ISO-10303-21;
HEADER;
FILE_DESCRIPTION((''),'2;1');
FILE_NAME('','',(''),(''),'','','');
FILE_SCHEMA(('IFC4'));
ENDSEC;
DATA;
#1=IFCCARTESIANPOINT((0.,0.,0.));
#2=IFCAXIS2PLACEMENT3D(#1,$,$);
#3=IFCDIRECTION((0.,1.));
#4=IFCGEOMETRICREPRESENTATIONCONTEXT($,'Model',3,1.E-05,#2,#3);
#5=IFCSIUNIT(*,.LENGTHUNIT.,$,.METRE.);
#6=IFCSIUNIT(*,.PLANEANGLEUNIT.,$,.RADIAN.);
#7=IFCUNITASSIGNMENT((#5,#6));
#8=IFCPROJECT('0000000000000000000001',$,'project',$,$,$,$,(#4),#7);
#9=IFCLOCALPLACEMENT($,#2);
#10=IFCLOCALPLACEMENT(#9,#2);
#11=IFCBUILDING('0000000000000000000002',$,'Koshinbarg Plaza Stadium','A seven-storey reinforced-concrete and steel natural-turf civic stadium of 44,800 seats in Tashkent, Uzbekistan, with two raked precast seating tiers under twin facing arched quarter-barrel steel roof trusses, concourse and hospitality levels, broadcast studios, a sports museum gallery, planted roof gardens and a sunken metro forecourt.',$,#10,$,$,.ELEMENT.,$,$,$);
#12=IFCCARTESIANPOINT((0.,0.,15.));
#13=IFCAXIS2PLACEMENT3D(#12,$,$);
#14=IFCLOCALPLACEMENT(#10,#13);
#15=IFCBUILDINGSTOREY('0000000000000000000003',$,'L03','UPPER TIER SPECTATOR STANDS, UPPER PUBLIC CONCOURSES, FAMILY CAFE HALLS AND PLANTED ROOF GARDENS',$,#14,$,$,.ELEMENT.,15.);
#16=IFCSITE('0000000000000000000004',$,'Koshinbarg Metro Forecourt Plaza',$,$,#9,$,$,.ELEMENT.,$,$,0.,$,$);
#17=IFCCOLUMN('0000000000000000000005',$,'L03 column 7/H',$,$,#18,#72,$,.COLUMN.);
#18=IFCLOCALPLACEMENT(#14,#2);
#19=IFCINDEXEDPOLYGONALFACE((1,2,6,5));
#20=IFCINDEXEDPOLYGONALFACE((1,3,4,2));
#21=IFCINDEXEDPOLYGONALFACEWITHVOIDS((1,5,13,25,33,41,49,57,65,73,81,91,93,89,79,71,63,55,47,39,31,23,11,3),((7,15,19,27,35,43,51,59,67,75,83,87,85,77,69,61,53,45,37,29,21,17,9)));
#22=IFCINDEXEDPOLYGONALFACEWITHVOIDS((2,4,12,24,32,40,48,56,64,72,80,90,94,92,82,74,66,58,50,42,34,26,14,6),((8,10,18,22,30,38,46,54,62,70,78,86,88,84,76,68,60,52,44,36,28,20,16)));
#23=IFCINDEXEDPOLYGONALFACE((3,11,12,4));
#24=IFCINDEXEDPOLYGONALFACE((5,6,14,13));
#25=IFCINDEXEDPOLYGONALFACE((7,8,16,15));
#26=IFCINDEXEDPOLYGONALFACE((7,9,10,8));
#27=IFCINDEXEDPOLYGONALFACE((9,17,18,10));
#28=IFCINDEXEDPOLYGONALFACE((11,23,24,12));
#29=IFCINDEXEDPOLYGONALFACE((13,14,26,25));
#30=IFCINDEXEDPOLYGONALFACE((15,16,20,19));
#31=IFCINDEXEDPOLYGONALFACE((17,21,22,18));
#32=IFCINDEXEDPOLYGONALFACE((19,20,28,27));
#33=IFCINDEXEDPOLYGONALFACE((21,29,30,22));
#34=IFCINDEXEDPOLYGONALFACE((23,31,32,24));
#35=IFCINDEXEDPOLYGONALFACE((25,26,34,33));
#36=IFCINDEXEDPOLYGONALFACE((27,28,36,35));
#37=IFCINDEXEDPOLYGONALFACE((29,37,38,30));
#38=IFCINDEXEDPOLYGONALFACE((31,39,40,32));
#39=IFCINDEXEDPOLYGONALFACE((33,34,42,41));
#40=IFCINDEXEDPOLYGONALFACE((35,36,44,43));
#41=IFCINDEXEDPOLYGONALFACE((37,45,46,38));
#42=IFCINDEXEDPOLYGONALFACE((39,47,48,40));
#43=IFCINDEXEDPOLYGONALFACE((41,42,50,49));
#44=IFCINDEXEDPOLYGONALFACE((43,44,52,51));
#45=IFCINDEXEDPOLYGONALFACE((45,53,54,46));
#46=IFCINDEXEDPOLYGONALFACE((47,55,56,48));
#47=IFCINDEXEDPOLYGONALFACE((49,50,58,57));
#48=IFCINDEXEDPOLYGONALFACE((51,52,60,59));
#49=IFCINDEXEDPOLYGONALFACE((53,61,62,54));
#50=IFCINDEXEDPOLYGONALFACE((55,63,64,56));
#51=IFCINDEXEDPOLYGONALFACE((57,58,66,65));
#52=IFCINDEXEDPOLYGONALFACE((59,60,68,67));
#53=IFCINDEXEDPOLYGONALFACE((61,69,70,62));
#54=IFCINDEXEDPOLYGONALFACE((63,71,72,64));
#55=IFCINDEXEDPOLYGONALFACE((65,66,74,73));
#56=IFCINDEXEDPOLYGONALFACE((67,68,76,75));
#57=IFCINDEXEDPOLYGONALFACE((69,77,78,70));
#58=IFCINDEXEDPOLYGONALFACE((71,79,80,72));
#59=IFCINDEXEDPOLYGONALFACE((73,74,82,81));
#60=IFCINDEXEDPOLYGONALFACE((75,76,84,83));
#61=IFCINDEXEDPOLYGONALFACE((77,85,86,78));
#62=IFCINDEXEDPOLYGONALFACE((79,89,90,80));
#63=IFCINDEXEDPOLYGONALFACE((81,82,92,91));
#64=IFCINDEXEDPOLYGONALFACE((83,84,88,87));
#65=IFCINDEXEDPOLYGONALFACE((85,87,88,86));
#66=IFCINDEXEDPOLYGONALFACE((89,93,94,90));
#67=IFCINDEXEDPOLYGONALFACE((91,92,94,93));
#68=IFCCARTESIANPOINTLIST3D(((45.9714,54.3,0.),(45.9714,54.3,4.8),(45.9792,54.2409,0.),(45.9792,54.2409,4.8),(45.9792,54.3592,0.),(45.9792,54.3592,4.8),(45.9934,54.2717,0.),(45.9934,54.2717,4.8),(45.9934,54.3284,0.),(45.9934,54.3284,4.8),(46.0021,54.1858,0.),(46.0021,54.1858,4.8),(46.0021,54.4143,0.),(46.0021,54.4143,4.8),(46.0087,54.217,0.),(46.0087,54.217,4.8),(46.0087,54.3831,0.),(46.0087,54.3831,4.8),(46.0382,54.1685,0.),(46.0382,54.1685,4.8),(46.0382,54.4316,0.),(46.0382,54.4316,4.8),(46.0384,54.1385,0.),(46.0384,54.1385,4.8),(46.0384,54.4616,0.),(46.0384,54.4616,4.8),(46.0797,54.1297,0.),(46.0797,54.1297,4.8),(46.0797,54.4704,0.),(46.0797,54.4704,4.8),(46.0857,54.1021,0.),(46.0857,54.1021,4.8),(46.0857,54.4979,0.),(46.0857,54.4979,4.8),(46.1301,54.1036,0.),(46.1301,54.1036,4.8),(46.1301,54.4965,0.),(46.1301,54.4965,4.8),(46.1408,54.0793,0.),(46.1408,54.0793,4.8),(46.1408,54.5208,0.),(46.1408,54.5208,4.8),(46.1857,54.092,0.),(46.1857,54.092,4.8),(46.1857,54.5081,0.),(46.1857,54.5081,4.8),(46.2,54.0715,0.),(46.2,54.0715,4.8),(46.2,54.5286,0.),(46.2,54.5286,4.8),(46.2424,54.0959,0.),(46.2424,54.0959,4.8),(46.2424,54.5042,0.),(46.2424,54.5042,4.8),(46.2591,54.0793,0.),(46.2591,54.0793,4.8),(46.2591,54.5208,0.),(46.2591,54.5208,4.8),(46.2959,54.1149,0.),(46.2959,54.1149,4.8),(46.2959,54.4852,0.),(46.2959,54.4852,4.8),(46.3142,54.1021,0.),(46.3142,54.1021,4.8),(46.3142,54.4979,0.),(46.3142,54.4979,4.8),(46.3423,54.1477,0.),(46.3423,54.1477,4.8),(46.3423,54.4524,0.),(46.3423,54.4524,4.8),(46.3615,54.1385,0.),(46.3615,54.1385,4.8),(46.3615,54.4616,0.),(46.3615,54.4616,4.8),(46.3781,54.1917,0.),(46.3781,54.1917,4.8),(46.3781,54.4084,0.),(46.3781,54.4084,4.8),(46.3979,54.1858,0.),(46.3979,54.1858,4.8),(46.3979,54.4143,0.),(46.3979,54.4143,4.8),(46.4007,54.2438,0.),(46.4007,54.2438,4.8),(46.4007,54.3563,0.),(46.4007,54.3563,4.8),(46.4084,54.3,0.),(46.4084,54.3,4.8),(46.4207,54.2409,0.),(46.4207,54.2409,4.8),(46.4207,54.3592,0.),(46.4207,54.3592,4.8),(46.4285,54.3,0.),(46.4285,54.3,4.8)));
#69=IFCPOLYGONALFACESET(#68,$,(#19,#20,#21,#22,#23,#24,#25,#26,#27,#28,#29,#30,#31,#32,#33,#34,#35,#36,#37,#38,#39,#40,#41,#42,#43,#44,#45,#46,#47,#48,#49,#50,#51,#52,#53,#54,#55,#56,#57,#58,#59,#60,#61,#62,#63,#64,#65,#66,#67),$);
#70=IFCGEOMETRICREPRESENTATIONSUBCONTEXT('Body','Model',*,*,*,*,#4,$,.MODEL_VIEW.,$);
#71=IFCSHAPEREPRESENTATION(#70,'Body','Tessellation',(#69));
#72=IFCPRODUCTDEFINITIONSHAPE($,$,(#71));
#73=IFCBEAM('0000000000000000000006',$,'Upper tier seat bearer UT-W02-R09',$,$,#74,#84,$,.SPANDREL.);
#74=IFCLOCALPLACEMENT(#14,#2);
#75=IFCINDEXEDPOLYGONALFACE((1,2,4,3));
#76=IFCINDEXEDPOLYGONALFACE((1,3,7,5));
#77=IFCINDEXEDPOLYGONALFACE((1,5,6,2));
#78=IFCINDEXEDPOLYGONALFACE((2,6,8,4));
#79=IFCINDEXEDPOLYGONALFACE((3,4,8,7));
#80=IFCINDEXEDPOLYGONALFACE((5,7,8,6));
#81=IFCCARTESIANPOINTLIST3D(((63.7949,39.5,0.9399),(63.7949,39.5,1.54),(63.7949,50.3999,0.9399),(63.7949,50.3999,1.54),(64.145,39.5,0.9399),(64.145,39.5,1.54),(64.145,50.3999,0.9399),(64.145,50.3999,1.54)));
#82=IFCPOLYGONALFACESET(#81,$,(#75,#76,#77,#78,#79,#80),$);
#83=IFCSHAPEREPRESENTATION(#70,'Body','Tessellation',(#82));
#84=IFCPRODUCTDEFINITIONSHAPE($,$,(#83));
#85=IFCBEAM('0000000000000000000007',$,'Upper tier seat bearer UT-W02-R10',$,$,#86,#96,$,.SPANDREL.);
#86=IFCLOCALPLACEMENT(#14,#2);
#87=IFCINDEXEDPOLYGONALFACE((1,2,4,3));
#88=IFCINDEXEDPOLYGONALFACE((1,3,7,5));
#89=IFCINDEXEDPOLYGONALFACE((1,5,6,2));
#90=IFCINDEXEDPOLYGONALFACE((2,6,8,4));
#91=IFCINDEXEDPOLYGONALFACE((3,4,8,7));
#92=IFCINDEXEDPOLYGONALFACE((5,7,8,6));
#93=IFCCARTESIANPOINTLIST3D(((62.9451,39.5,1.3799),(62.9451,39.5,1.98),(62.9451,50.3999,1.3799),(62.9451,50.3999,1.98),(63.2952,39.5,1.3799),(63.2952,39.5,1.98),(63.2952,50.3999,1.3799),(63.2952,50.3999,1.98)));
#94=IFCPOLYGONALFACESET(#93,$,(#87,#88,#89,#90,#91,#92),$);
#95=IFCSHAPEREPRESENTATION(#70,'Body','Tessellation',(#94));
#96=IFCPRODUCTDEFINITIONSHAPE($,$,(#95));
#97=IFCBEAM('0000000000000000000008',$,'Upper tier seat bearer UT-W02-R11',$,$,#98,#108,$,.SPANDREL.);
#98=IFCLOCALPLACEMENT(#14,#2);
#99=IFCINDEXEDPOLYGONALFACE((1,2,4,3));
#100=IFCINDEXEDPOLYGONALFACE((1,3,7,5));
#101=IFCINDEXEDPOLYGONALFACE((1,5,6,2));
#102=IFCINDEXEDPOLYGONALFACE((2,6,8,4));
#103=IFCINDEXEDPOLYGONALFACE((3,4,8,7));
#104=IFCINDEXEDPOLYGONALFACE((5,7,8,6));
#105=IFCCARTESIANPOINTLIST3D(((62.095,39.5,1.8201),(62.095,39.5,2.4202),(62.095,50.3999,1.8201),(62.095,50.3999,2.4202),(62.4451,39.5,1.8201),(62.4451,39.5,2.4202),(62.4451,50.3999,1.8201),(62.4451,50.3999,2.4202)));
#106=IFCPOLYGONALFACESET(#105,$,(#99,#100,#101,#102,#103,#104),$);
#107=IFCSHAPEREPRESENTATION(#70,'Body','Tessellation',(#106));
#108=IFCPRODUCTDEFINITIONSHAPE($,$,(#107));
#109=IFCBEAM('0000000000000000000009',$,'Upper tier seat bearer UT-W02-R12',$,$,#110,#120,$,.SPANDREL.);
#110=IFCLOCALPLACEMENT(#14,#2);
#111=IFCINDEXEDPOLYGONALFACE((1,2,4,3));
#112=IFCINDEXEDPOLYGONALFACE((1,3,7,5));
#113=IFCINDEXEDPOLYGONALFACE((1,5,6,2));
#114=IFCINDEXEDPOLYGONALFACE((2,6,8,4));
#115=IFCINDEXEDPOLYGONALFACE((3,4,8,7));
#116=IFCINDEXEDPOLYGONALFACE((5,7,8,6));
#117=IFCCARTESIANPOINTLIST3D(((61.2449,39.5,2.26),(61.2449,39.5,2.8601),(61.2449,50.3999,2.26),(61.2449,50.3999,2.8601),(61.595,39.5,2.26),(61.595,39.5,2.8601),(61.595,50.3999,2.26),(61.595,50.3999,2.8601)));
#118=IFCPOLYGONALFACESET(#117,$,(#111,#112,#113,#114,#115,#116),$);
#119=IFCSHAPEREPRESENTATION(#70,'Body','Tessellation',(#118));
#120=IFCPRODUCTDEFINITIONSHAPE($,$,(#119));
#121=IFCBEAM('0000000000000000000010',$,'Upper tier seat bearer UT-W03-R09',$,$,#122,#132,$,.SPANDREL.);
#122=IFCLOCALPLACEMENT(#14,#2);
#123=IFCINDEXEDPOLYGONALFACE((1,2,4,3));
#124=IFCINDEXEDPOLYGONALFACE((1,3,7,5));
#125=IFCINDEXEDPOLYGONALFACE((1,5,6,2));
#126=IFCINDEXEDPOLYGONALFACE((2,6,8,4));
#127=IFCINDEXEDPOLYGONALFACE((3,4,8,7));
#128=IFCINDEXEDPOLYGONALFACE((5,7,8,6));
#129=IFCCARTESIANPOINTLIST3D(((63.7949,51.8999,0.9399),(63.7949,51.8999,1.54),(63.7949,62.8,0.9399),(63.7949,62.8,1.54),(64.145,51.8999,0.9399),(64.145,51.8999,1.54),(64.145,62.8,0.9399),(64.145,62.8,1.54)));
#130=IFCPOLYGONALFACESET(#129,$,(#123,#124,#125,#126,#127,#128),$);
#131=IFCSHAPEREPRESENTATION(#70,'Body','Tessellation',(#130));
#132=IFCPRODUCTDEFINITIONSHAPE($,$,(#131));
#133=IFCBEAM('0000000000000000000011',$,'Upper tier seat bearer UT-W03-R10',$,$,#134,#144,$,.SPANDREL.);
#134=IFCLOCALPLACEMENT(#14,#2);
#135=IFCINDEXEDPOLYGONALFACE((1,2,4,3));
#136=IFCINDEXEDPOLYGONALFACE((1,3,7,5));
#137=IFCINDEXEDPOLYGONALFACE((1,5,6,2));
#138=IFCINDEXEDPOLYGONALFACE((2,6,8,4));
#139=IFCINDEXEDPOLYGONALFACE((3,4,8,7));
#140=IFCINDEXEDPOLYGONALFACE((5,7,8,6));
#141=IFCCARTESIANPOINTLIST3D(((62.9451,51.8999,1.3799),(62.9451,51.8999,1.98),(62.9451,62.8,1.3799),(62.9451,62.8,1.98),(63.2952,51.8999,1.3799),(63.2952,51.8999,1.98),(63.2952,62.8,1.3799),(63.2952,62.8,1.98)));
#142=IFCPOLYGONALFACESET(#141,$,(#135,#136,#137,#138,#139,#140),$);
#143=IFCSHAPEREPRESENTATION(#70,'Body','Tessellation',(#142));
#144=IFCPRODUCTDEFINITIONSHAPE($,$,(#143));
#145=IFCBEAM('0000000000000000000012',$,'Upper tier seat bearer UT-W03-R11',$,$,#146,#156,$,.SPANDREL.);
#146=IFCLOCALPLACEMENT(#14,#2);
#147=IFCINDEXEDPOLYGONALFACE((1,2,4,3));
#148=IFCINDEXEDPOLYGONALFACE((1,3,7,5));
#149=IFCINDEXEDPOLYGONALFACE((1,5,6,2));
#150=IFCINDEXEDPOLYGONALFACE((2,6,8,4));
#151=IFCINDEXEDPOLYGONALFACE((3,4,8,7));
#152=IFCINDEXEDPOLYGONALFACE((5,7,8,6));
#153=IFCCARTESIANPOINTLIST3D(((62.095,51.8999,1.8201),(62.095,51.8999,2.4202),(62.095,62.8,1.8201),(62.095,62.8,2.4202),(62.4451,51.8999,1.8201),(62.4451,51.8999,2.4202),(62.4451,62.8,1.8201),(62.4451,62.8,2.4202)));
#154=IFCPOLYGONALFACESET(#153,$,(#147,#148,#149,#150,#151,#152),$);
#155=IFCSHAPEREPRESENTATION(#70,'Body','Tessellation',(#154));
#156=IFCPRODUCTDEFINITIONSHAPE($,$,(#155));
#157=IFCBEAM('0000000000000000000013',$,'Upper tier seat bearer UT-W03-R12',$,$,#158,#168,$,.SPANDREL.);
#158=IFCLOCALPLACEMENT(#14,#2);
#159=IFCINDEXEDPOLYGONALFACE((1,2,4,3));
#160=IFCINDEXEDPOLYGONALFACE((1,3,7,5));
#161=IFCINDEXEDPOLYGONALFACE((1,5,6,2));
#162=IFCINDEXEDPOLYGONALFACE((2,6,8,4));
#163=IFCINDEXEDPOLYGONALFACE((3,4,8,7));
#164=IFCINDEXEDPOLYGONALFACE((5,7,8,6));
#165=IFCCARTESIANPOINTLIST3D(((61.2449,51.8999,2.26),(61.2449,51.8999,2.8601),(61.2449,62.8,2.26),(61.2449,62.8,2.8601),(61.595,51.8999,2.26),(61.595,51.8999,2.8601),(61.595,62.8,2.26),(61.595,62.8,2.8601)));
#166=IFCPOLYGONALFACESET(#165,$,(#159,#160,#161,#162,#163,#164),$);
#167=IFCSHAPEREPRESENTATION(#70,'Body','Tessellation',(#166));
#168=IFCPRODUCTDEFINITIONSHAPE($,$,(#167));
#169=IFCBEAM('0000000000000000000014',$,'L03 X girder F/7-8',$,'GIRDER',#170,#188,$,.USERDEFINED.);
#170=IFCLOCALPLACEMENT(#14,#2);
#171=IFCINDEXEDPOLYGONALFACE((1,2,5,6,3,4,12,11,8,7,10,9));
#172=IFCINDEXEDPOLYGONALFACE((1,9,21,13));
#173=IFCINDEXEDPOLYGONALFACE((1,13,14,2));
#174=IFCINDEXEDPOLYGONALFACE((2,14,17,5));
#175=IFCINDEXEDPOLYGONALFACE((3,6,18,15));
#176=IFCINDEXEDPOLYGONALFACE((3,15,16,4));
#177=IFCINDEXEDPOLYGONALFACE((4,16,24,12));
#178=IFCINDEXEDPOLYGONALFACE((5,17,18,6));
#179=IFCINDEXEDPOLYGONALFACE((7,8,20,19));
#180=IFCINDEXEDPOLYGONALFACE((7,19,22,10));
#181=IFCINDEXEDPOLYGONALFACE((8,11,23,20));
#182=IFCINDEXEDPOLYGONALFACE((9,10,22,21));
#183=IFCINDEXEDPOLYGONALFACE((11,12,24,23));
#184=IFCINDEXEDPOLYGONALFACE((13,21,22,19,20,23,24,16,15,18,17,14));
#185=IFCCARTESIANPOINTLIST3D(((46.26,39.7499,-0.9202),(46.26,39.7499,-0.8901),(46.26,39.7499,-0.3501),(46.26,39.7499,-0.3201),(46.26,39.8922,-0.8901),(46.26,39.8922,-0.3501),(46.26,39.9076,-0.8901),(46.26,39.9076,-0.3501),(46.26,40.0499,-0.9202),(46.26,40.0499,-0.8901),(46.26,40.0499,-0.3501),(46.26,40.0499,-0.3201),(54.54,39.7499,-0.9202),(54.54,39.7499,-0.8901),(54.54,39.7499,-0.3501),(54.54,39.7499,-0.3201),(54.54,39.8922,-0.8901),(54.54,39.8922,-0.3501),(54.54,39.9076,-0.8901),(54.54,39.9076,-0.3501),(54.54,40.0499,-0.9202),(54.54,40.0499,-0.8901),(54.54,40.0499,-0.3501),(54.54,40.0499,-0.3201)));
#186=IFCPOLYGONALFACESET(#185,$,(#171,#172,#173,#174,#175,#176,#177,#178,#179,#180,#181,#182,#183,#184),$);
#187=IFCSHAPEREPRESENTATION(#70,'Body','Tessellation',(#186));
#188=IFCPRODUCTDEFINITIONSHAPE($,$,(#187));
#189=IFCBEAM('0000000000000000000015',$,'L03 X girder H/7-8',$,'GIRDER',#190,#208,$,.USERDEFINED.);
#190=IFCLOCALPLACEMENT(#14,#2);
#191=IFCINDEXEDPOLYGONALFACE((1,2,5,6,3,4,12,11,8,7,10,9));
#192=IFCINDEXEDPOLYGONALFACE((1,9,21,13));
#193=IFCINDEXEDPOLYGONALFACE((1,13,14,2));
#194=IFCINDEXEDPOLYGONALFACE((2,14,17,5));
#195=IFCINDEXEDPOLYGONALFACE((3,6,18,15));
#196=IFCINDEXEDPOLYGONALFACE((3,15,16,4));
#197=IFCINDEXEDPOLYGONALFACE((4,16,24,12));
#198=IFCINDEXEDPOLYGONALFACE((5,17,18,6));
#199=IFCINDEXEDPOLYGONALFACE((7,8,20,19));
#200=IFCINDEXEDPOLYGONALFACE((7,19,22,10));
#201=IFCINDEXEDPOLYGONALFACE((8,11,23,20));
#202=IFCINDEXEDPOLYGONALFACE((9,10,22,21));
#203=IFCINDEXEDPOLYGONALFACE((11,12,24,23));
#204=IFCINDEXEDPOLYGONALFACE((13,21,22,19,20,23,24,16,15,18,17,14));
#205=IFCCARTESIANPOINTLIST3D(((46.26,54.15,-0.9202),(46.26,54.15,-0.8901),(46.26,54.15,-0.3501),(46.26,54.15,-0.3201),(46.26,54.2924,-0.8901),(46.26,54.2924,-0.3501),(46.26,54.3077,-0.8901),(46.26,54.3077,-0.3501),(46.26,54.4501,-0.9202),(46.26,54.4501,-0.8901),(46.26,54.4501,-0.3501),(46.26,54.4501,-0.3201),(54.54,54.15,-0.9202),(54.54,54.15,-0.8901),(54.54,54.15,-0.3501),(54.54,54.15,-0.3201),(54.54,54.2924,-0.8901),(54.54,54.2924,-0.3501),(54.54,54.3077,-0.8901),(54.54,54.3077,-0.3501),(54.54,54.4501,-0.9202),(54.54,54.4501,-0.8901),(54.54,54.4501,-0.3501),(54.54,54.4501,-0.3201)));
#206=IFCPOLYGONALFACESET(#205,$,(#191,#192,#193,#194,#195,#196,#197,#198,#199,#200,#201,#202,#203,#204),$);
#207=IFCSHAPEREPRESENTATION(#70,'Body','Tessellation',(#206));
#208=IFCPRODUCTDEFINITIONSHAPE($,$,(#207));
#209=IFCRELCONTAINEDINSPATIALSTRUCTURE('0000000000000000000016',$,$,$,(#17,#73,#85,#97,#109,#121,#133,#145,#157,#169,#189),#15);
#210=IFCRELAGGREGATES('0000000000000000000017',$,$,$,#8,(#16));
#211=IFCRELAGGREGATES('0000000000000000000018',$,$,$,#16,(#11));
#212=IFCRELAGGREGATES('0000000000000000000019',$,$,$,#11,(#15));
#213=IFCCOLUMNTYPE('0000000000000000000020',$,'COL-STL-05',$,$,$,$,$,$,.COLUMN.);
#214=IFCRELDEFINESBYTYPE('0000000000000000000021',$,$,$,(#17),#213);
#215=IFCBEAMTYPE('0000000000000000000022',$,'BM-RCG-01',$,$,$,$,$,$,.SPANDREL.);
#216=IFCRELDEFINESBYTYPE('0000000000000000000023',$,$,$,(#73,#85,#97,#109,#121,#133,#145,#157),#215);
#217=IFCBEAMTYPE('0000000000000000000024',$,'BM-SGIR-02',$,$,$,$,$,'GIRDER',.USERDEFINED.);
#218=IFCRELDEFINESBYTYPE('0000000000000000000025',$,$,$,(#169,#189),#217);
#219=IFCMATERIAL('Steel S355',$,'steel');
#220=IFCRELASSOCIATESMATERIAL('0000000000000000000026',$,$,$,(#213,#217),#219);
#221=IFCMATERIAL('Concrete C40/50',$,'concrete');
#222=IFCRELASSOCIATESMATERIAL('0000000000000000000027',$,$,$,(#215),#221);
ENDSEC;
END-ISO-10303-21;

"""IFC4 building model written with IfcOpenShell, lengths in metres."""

from ifc_helpers import new_model, si_unit, direction, frame, origin, origin_2d, place, context, subcontext, project, spatial, rectangle, hollow_circle, i_section, extrude, material, material_profile, profile_set, type_object, element, save


model = new_model("IFC4")

# Units and contexts
model_context = context("Model", 3, precision=1e-05, world=origin(), true_north=direction((0.0, 1.0)))
body_context = subcontext(model_context, "Body", "Model", "MODEL_VIEW")
ifc_project = project(units=[si_unit("LENGTHUNIT", "METRE"), si_unit("PLANEANGLEUNIT", "RADIAN")], contexts=[model_context])

# Site, building, storey
site_placement = place(None, origin())
site = spatial("IfcSite", under=ifc_project, at=site_placement, Name="Koshinbarg Metro Forecourt Plaza", CompositionType="ELEMENT", RefElevation=0.0)
building_placement = place(site_placement, origin())
building = spatial("IfcBuilding", under=site, at=building_placement, Name="Koshinbarg Plaza Stadium", Description="A seven-storey reinforced-concrete and steel natural-turf civic stadium of 44,800 seats in Tashkent, Uzbekistan, with two raked precast seating tiers under twin facing arched quarter-barrel steel roof trusses, concourse and hospitality levels, broadcast studios, a sports museum gallery, planted roof gardens and a sunken metro forecourt.", CompositionType="ELEMENT")
storey_placement = place(building_placement, frame((0.0, 0.0, 15.0)))
storey = spatial("IfcBuildingStorey", under=building, at=storey_placement, Name="L03", Description="UPPER TIER SPECTATOR STANDS, UPPER PUBLIC CONCOURSES, FAMILY CAFE HALLS AND PLANTED ROOF GARDENS", CompositionType="ELEMENT", Elevation=15.0)

# Column
ifc_material_1 = material(Name="Concrete C40/50", Category="concrete")
ifc_material_2 = material(Name="Steel S355", Category="steel")
ifc_material_profile_1 = material_profile(ifc_material_2, hollow_circle(Radius=0.2285, WallThickness=0.02, at=origin_2d()), Name="CHS 457x20")
ifc_profile_set_1 = profile_set([ifc_material_profile_1], Name="Steel S355")
column_type_1 = type_object("IfcColumnType", Name="COL-STL-05", PredefinedType="COLUMN", material=ifc_profile_set_1)
for number, where, z_axis, x_axis, name in (
    (1, (46.2, 54.3, 0.0), (0.0, 0.0, 1.0), (1.0, 0.0, 0.0), "L03 column 7/H"),
):
    element("IfcColumn", number, at=place(storey_placement, frame(where, z_axis=z_axis, x_axis=x_axis)), inside=storey, type_object=column_type_1, Name=name, PredefinedType="COLUMN", context=body_context, shape_type="SweptSolid", body=[
        extrude(hollow_circle(Radius=0.2285, WallThickness=0.02, at=origin_2d()), origin(), (0.0, 0.0, 1.0), 4.8),
    ])

# Beams
ifc_material_profile_2 = material_profile(ifc_material_1, rectangle(XDim=0.3501, YDim=0.6001, at=origin_2d()), Name="RC 350x600")
ifc_profile_set_2 = profile_set([ifc_material_profile_2], Name="Concrete C40/50")
beam_type_1 = type_object("IfcBeamType", Name="BM-RCG-01", PredefinedType="SPANDREL", material=ifc_profile_set_2)
for number, where, z_axis, x_axis, name in (
    (2, (63.97, 39.5, 1.24), (0.0, 1.0, 0.0), (-1.0, 0.0, 0.0), "Upper tier seat bearer UT-W02-R09"),
    (3, (63.1201, 39.5, 1.6799), (0.0, 1.0, 0.0), (-1.0, 0.0, 0.0), "Upper tier seat bearer UT-W02-R10"),
    (4, (62.27, 39.5, 2.1201), (0.0, 1.0, 0.0), (-1.0, 0.0, 0.0), "Upper tier seat bearer UT-W02-R11"),
    (5, (61.4199, 39.5, 2.5601), (0.0, 1.0, 0.0), (-1.0, 0.0, 0.0), "Upper tier seat bearer UT-W02-R12"),
):
    element("IfcBeam", number, at=place(storey_placement, frame(where, z_axis=z_axis, x_axis=x_axis)), inside=storey, type_object=beam_type_1, Name=name, PredefinedType="SPANDREL", context=body_context, shape_type="SweptSolid", body=[
        extrude(rectangle(XDim=0.3501, YDim=0.6001, at=origin_2d()), origin(), (0.0, 0.0, 1.0), 10.8999),
    ])
for number, where, z_axis, x_axis, name in (
    (6, (63.97, 51.8999, 1.24), (0.0, 1.0, 0.0), (-1.0, 0.0, 0.0), "Upper tier seat bearer UT-W03-R09"),
    (7, (63.1201, 51.8999, 1.6799), (0.0, 1.0, 0.0), (-1.0, 0.0, 0.0), "Upper tier seat bearer UT-W03-R10"),
    (8, (62.27, 51.8999, 2.1201), (0.0, 1.0, 0.0), (-1.0, 0.0, 0.0), "Upper tier seat bearer UT-W03-R11"),
    (9, (61.4199, 51.8999, 2.5601), (0.0, 1.0, 0.0), (-1.0, 0.0, 0.0), "Upper tier seat bearer UT-W03-R12"),
):
    element("IfcBeam", number, at=place(storey_placement, frame(where, z_axis=z_axis, x_axis=x_axis)), inside=storey, type_object=beam_type_1, Name=name, PredefinedType="SPANDREL", context=body_context, shape_type="SweptSolid", body=[
        extrude(rectangle(XDim=0.3501, YDim=0.6001, at=origin_2d()), origin(), (0.0, 0.0, 1.0), 10.9001),
    ])
ifc_material_profile_3 = material_profile(ifc_material_2, i_section(OverallWidth=0.3, OverallDepth=0.6001, WebThickness=0.0154, FlangeThickness=0.03, at=origin_2d()), Name="HEB 600")
ifc_profile_set_3 = profile_set([ifc_material_profile_3], Name="Steel S355")
beam_type_2 = type_object("IfcBeamType", Name="BM-SGIR-02", ElementType="GIRDER", PredefinedType="USERDEFINED", material=ifc_profile_set_3)
for number, where, z_axis, x_axis, name in (
    (10, (46.26, 39.8999, -0.6201), (1.0, 0.0, 0.0), (0.0, 1.0, 0.0), "L03 X girder F/7-8"),
    (11, (46.26, 54.3, -0.6201), (1.0, 0.0, 0.0), (0.0, 1.0, 0.0), "L03 X girder H/7-8"),
):
    element("IfcBeam", number, at=place(storey_placement, frame(where, z_axis=z_axis, x_axis=x_axis)), inside=storey, type_object=beam_type_2, Name=name, ObjectType="GIRDER", PredefinedType="USERDEFINED", context=body_context, shape_type="SweptSolid", body=[
        extrude(i_section(OverallWidth=0.3, OverallDepth=0.6001, WebThickness=0.0154, FlangeThickness=0.03, at=origin_2d()), origin(), (0.0, 0.0, 1.0), 8.28),
    ])

save(model, "model.ifc")
